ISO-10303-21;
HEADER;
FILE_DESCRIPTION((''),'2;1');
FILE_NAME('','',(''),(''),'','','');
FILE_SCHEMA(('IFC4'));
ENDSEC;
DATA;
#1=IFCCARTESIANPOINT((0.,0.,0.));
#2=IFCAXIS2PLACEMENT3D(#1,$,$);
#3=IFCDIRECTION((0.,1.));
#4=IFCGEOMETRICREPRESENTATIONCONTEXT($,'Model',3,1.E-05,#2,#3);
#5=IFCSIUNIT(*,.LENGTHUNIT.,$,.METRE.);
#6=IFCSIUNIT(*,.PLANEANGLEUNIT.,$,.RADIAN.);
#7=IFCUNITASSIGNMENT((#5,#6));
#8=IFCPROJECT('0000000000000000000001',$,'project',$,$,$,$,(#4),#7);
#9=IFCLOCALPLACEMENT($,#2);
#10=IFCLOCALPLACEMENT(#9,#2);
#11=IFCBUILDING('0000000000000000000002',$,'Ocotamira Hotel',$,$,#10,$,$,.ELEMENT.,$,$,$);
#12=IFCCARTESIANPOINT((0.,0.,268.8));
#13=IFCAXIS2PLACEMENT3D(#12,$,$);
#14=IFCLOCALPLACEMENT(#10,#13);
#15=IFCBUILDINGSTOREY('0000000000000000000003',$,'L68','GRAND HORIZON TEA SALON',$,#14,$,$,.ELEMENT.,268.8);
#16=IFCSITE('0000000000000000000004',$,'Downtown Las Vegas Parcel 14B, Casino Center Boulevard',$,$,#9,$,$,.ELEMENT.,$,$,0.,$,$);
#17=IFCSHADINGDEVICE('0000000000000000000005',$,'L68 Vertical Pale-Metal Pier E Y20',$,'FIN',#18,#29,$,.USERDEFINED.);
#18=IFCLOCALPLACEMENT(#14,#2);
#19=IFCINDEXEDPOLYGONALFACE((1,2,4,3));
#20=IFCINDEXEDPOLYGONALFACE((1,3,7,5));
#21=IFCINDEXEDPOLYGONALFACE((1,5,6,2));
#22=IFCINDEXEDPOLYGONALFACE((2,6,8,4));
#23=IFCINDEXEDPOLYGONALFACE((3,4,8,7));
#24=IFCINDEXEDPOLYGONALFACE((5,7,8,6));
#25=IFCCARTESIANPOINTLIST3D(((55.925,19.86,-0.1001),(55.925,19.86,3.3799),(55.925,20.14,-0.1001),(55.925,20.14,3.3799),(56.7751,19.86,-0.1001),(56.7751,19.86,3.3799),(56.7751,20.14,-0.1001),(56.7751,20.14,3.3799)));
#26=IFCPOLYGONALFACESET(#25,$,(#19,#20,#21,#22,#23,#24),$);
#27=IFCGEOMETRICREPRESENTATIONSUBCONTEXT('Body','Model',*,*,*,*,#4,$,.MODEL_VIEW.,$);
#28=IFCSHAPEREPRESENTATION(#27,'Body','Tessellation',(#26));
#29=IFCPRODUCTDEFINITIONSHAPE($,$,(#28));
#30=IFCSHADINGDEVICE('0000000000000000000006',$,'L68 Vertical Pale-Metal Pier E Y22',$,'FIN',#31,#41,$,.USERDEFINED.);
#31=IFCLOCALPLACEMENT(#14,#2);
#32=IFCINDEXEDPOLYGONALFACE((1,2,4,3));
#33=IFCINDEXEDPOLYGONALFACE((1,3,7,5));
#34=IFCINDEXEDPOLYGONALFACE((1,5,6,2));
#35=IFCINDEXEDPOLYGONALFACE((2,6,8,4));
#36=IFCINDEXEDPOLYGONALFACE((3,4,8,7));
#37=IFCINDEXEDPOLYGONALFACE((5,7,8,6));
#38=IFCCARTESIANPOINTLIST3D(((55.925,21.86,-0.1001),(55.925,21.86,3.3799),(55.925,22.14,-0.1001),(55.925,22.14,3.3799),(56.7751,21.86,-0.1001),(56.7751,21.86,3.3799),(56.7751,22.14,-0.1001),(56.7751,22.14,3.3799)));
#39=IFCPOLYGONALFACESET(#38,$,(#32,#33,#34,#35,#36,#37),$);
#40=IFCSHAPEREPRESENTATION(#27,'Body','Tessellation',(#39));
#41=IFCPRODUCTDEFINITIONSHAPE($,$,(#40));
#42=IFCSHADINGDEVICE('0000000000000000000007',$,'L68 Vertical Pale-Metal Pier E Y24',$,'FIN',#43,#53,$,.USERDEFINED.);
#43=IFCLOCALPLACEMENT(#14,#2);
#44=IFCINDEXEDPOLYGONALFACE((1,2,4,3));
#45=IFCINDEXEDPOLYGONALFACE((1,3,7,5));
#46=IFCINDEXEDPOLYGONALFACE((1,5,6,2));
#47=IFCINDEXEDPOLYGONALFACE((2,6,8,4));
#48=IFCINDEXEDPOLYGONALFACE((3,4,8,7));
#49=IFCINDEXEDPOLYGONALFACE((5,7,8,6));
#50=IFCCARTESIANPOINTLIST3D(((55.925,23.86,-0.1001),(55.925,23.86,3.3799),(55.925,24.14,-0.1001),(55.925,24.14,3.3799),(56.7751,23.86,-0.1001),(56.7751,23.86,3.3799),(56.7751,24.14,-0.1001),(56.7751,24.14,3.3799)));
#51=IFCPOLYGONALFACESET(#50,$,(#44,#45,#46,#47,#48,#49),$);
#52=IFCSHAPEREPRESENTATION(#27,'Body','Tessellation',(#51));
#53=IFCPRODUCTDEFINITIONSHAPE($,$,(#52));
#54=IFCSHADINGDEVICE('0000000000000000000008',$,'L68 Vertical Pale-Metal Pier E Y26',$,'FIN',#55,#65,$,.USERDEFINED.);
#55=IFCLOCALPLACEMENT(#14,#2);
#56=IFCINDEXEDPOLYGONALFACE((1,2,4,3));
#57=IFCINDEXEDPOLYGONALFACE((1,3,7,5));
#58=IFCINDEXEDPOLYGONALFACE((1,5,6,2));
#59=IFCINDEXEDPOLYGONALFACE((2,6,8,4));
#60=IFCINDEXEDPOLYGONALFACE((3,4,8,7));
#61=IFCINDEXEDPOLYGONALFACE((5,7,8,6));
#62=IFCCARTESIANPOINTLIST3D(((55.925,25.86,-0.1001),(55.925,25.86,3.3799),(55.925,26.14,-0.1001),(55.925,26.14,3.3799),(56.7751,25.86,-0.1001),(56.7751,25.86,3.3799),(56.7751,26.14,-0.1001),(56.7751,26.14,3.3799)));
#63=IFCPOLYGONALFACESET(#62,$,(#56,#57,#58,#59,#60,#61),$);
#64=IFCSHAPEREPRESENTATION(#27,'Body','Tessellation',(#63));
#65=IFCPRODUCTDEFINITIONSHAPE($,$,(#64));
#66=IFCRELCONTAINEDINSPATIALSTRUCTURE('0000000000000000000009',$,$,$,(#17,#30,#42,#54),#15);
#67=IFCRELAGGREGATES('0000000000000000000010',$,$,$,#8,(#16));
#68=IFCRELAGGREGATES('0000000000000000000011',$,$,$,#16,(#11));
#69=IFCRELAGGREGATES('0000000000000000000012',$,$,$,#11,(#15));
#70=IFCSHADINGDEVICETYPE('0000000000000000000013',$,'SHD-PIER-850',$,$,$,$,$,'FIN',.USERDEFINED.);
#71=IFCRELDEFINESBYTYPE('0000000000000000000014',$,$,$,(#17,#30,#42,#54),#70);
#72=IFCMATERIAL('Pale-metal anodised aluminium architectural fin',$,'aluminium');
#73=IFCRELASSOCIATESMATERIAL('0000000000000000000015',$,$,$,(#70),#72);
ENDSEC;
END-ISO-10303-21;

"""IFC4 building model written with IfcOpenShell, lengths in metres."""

from ifc_helpers import new_model, si_unit, direction, frame, origin, origin_2d, place, context, subcontext, project, spatial, rectangle, extrude, source, transform, mapped, material, type_object, element, save


model = new_model("IFC4")

# Units and contexts
model_context = context("Model", 3, precision=1e-05, world=origin(), true_north=direction((0.0, 1.0)))
body_context = subcontext(model_context, "Body", "Model", "MODEL_VIEW")
ifc_project = project(units=[si_unit("LENGTHUNIT", "METRE"), si_unit("PLANEANGLEUNIT", "RADIAN")], contexts=[model_context])

# Site, building, storey
site_placement = place(None, origin())
site = spatial("IfcSite", under=ifc_project, at=site_placement, Name="Downtown Las Vegas Parcel 14B, Casino Center Boulevard", CompositionType="ELEMENT", RefElevation=0.0)
building_placement = place(site_placement, origin())
building = spatial("IfcBuilding", under=site, at=building_placement, Name="Ocotamira Hotel", CompositionType="ELEMENT")
storey_placement = place(building_placement, frame((0.0, 0.0, 268.8)))
storey = spatial("IfcBuildingStorey", under=building, at=storey_placement, Name="L68", Description="GRAND HORIZON TEA SALON", CompositionType="ELEMENT", Elevation=268.8)

# Shading devices
ifc_material_1 = material(Name="Pale-metal anodised aluminium architectural fin", Category="aluminium")
shading_device_type = type_object("IfcShadingDeviceType", Name="SHD-PIER-850", ElementType="FIN", PredefinedType="USERDEFINED", material=ifc_material_1)
shared_shape_1 = source(origin(), body_context, "Body", "SweptSolid", [
    extrude(rectangle(XDim=0.8501, YDim=0.28, at=origin_2d()), origin(), (0.0, 0.0, 1.0), 3.48),
])
for number, where, z_axis, x_axis, name in (
    (1, (56.3501, 20.0, -0.1001), (0.0, 0.0, 1.0), (1.0, 0.0, 0.0), "L68 Vertical Pale-Metal Pier E Y20"),
    (2, (56.3501, 22.0, -0.1001), (0.0, 0.0, 1.0), (1.0, 0.0, 0.0), "L68 Vertical Pale-Metal Pier E Y22"),
    (3, (56.3501, 24.0, -0.1001), (0.0, 0.0, 1.0), (1.0, 0.0, 0.0), "L68 Vertical Pale-Metal Pier E Y24"),
    (4, (56.3501, 26.0, -0.1001), (0.0, 0.0, 1.0), (1.0, 0.0, 0.0), "L68 Vertical Pale-Metal Pier E Y26"),
):
    element("IfcShadingDevice", number, at=place(storey_placement, frame(where, z_axis=z_axis, x_axis=x_axis)), inside=storey, type_object=shading_device_type, Name=name, ObjectType="FIN", PredefinedType="USERDEFINED", context=body_context, shape_type="MappedRepresentation", body=[
        mapped(shared_shape_1, transform((0.0, 0.0, 0.0), scale=1.0)),
    ])

save(model, "model.ifc")
